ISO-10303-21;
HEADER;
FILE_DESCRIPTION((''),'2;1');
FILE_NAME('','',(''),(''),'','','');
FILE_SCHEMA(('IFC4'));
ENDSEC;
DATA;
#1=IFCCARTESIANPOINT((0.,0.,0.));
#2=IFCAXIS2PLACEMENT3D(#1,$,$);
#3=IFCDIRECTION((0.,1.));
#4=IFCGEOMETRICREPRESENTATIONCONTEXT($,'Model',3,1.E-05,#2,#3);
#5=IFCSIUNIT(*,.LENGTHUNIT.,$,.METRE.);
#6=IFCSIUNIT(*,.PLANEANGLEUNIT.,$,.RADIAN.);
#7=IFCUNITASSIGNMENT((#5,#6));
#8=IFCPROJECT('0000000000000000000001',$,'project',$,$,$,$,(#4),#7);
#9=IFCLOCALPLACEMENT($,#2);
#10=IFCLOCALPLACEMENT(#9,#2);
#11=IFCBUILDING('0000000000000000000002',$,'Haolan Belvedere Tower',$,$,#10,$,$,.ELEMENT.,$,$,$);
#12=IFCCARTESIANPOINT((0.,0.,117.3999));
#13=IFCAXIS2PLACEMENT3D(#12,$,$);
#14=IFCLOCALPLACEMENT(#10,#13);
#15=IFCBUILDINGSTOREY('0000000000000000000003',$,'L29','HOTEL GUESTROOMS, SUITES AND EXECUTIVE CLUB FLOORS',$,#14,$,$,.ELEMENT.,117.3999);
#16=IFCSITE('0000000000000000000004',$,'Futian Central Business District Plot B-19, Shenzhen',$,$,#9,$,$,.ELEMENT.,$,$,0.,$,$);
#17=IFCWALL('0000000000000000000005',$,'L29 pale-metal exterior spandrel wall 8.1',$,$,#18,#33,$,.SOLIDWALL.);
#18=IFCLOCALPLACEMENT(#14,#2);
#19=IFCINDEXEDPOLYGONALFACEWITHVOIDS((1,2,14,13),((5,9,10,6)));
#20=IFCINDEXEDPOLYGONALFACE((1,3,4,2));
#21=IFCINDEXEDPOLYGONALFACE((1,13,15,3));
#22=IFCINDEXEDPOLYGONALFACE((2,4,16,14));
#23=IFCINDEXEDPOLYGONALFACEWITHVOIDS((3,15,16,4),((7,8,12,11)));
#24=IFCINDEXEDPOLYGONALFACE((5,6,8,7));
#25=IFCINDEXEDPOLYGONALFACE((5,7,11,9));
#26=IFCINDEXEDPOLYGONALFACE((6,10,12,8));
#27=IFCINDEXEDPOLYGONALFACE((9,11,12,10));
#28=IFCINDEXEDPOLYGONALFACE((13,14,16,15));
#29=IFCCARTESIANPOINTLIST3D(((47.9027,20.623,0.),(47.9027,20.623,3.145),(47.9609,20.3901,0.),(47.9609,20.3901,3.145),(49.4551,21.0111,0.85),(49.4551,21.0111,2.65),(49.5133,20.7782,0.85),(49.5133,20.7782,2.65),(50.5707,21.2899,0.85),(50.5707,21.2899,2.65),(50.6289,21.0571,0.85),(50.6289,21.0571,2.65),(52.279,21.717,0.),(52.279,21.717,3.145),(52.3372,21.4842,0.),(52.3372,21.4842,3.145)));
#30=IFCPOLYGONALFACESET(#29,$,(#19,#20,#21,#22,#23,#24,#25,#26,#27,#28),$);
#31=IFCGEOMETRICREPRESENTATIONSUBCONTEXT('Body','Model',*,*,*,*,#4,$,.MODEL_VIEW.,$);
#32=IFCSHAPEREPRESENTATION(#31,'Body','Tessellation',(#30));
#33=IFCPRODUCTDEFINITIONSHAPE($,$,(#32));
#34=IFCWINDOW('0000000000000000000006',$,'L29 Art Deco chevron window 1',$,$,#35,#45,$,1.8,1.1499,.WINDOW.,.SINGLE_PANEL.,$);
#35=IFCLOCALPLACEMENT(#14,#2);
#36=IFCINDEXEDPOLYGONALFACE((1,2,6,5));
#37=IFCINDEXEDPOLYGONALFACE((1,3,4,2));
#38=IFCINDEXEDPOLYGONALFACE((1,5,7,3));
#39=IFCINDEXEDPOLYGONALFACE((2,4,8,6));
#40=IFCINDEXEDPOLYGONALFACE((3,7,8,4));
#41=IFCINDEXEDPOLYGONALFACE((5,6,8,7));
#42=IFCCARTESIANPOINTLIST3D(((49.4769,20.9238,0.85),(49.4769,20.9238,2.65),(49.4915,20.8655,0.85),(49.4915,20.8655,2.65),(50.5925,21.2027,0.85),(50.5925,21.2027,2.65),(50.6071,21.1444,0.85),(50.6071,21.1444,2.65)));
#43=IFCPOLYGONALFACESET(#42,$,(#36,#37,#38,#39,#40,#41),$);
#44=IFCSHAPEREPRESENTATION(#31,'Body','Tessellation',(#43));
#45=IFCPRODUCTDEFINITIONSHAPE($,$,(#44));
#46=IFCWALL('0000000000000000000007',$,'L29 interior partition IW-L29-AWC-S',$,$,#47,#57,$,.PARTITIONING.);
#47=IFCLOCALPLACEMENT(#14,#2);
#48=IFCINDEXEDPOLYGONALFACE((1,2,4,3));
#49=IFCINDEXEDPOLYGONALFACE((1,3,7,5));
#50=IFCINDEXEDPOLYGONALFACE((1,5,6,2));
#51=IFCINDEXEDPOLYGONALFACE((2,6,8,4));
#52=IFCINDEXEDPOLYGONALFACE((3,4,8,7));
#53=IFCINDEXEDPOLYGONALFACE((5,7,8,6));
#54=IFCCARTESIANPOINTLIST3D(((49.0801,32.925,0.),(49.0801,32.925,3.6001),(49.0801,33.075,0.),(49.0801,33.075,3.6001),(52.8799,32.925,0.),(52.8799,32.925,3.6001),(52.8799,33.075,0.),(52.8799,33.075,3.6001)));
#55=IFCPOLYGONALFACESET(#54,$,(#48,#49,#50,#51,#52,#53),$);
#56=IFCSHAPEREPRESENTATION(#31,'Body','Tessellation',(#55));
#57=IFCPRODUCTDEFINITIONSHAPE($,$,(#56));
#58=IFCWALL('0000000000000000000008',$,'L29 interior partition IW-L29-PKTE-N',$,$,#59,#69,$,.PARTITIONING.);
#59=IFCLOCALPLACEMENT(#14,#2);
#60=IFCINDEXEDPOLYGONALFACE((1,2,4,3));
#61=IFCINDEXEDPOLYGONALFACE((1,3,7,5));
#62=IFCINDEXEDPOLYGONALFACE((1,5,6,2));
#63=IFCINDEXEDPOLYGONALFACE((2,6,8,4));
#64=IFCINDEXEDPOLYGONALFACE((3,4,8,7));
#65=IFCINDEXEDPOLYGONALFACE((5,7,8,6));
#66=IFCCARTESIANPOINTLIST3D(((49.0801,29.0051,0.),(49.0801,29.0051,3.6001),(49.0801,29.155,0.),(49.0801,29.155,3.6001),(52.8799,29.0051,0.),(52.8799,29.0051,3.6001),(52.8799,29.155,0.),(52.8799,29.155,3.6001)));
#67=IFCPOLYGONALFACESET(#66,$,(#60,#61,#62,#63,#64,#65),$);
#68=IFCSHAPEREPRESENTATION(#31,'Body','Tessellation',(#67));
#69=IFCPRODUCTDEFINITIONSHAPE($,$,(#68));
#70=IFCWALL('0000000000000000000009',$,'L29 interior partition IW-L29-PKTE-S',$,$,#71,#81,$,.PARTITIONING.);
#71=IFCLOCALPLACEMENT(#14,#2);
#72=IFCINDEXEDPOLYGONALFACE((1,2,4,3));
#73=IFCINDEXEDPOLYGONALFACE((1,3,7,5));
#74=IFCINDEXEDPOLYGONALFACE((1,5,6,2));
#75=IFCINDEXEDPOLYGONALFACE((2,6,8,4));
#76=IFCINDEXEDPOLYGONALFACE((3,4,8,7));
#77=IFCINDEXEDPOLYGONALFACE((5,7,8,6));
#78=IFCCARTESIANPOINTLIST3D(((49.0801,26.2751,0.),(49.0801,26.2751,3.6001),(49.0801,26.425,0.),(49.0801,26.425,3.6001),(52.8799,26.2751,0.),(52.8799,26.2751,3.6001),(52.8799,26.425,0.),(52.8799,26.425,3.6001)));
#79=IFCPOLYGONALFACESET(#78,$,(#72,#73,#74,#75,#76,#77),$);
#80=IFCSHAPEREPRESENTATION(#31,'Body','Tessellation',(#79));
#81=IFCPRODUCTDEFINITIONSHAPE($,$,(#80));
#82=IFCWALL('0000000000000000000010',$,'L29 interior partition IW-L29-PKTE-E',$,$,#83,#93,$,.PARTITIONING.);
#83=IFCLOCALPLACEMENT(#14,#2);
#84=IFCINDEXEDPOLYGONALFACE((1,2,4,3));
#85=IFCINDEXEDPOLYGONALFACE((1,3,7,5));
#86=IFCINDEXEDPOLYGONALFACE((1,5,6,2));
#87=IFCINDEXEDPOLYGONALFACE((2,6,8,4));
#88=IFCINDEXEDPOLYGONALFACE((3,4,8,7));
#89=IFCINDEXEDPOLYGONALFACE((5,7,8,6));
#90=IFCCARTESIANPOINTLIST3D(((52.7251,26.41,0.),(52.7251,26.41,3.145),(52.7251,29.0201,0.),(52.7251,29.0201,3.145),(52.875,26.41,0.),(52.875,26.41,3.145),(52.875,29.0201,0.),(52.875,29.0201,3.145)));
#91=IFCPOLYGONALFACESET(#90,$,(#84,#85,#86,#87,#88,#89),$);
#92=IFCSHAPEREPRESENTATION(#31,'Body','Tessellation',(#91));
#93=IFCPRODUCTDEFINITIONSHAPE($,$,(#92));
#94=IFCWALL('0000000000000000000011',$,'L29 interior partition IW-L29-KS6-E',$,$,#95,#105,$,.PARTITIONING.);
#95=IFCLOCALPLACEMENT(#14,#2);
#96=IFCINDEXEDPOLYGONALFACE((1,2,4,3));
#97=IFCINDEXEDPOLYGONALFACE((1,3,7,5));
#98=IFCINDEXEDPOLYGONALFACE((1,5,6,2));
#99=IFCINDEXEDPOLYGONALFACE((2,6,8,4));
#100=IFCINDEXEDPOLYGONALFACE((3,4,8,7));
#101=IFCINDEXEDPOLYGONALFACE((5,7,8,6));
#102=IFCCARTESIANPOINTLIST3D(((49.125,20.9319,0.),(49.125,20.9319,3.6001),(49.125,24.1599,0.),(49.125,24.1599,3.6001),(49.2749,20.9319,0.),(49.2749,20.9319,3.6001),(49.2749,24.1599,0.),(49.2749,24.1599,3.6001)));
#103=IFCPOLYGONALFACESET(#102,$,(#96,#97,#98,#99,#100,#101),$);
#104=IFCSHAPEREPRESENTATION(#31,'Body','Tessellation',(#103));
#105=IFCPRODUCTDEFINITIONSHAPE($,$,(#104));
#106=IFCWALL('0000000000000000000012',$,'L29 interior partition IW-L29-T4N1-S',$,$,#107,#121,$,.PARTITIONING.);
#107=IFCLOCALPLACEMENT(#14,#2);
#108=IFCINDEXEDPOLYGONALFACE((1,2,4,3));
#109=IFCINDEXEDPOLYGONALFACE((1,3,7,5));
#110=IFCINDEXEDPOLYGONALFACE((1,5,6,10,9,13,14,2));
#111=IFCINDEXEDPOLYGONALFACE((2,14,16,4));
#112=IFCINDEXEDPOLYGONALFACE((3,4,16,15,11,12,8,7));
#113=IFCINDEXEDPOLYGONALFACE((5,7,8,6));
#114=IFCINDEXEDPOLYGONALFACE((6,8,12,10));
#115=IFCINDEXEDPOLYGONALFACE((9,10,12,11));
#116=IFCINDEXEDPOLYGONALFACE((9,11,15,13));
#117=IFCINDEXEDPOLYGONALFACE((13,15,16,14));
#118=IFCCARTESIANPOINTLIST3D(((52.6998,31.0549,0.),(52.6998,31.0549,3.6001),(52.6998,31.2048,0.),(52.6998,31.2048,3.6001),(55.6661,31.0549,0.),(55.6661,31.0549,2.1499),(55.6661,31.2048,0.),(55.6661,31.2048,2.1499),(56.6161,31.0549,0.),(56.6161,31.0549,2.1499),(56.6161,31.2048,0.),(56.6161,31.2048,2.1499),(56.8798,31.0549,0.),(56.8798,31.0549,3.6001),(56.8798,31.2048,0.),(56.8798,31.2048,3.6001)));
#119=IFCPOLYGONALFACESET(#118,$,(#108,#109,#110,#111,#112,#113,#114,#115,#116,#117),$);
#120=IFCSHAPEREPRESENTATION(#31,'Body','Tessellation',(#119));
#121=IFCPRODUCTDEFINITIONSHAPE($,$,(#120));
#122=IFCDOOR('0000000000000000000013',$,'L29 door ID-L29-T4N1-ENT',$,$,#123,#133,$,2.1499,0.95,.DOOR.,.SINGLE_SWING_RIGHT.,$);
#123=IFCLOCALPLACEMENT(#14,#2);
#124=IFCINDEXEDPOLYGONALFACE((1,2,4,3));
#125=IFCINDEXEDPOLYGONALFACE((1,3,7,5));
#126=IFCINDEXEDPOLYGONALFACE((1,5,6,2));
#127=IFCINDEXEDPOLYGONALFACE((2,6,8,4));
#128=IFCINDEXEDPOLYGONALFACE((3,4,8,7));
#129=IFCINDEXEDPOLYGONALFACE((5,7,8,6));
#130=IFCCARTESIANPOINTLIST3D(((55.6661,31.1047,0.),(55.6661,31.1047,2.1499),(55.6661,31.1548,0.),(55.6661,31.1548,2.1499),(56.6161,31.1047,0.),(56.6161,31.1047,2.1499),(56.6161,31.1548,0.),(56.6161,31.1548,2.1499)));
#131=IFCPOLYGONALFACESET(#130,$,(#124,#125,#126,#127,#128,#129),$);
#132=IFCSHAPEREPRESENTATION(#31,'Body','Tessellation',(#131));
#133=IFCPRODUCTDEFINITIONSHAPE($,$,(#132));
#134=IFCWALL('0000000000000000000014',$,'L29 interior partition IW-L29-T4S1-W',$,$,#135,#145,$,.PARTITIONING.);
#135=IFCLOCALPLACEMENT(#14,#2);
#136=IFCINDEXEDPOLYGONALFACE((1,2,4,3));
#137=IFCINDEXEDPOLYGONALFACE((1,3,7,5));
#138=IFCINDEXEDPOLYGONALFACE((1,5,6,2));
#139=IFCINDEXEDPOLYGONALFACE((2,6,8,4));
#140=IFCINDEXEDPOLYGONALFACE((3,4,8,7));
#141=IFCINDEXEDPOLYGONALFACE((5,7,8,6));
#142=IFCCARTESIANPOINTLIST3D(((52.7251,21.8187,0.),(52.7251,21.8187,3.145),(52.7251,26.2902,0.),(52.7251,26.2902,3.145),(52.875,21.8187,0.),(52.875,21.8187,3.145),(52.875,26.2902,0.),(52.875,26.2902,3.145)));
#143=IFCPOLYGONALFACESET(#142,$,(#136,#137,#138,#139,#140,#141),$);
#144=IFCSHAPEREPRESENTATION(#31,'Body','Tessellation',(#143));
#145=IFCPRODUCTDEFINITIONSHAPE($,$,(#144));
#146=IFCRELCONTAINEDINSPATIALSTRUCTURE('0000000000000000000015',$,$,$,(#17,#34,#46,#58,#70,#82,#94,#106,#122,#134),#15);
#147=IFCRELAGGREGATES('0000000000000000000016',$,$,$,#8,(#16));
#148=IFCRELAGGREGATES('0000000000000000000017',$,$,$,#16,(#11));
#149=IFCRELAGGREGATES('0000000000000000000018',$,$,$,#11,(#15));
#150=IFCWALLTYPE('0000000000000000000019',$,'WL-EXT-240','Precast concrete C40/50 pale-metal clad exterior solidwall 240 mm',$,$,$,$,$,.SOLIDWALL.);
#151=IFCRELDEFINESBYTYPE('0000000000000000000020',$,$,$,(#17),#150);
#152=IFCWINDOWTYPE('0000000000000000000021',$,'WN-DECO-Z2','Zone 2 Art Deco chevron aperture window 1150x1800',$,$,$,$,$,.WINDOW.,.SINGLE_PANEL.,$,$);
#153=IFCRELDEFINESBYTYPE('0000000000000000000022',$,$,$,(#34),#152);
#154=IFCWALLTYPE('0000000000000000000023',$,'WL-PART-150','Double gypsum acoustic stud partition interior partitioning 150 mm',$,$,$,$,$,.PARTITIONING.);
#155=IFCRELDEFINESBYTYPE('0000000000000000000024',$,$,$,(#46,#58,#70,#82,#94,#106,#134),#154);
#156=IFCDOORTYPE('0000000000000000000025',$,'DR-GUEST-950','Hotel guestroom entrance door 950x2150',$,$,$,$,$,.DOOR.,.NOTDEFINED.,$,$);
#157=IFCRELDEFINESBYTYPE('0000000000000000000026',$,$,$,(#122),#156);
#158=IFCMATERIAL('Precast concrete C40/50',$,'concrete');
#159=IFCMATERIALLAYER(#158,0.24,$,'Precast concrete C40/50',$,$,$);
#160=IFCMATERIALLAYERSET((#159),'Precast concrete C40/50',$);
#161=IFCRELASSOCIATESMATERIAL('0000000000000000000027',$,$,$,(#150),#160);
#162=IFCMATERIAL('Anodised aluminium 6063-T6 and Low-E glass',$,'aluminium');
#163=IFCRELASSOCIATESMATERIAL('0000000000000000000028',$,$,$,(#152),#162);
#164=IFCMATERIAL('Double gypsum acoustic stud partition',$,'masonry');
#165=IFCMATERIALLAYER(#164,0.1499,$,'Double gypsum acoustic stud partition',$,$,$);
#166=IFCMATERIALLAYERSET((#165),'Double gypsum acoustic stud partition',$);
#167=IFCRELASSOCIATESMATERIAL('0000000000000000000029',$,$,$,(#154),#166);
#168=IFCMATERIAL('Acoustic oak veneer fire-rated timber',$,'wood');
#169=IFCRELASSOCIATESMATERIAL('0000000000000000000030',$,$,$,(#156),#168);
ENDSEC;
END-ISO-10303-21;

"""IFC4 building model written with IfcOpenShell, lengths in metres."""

from ifc_helpers import new_model, si_unit, direction, frame, frame_2d, origin, place, context, subcontext, project, spatial, rectangle, extrude, material, layer, layer_set, type_object, element, fill, save


model = new_model("IFC4")

# Units and contexts
model_context = context("Model", 3, precision=1e-05, world=origin(), true_north=direction((0.0, 1.0)))
body_context = subcontext(model_context, "Body", "Model", "MODEL_VIEW")
ifc_project = project(units=[si_unit("LENGTHUNIT", "METRE"), si_unit("PLANEANGLEUNIT", "RADIAN")], contexts=[model_context])

# Site, building, storey
site_placement = place(None, origin())
site = spatial("IfcSite", under=ifc_project, at=site_placement, Name="Futian Central Business District Plot B-19, Shenzhen", CompositionType="ELEMENT", RefElevation=0.0)
building_placement = place(site_placement, origin())
building = spatial("IfcBuilding", under=site, at=building_placement, Name="Haolan Belvedere Tower", CompositionType="ELEMENT")
storey_placement = place(building_placement, frame((0.0, 0.0, 117.3999)))
storey = spatial("IfcBuildingStorey", under=building, at=storey_placement, Name="L29", Description="HOTEL GUESTROOMS, SUITES AND EXECUTIVE CLUB FLOORS", CompositionType="ELEMENT", Elevation=117.3999)

# Wall, opening, window
ifc_material_1 = material(Name="Precast concrete C40/50", Category="concrete")
ifc_layer_1 = layer(ifc_material_1, 0.24, Name="Precast concrete C40/50")
ifc_layer_set_1 = layer_set([ifc_layer_1], Name="Precast concrete C40/50")
wall_type_1 = type_object("IfcWallType", Name="WL-EXT-240", Description="Precast concrete C40/50 pale-metal clad exterior solidwall 240 mm", PredefinedType="SOLIDWALL", material=ifc_layer_set_1)
wall_1_placement = place(storey_placement, frame((47.9319, 20.5066, 0.0), z_axis=(0.0, 0.0, 1.0), x_axis=(0.970146, 0.242523, 0.0)))
wall_1 = element("IfcWall", 1, at=wall_1_placement, inside=storey, type_object=wall_type_1, Name="L29 pale-metal exterior spandrel wall 8.1", PredefinedType="SOLIDWALL", context=body_context, shape_type="SweptSolid", body=[
    extrude(rectangle(XDim=4.511, YDim=0.24, at=frame_2d((2.2554, 0.0))), origin(), (0.0, 0.0, 1.0), 3.145),
])
opening_1_placement = place(wall_1_placement, frame((1.6001, 0.0, 0.8501)))
opening_1 = element("IfcOpeningElement", 2, at=opening_1_placement, cuts=wall_1, PredefinedType="OPENING", context=body_context, shape_type="SweptSolid", body=[
    extrude(rectangle(XDim=1.1499, YDim=1.8, at=frame_2d((0.575, 0.8999))), frame((0.0, 0.1299, 0.0), z_axis=(0.0, -1.0, 0.0), x_axis=(1.0, 0.0, 0.0)), (0.0, 0.0, 1.0), 0.26),
])
ifc_material_2 = material(Name="Anodised aluminium 6063-T6 and Low-E glass", Category="aluminium")
window_type = type_object("IfcWindowType", Name="WN-DECO-Z2", Description="Zone 2 Art Deco chevron aperture window 1150x1800", PartitioningType="SINGLE_PANEL", PredefinedType="WINDOW", material=ifc_material_2)
window_placement = place(opening_1_placement, origin())
window = element("IfcWindow", 3, at=window_placement, inside=storey, type_object=window_type, Name="L29 Art Deco chevron window 1", OverallHeight=1.8, OverallWidth=1.1499, PartitioningType="SINGLE_PANEL", PredefinedType="WINDOW", context=body_context, shape_type="SweptSolid", body=[
    extrude(rectangle(XDim=1.1499, YDim=1.8, at=frame_2d((0.575, 0.8999))), frame((0.0, 0.03, 0.0), z_axis=(0.0, -1.0, 0.0), x_axis=(1.0, 0.0, 0.0)), (0.0, 0.0, 1.0), 0.0601),
])
fill(opening_1, window)

# Walls
ifc_material_3 = material(Name="Double gypsum acoustic stud partition", Category="masonry")
ifc_layer_2 = layer(ifc_material_3, 0.1499, Name="Double gypsum acoustic stud partition")
ifc_layer_set_2 = layer_set([ifc_layer_2], Name="Double gypsum acoustic stud partition")
wall_type_2 = type_object("IfcWallType", Name="WL-PART-150", Description="Double gypsum acoustic stud partition interior partitioning 150 mm", PredefinedType="PARTITIONING", material=ifc_layer_set_2)
for number, where, z_axis, x_axis, name in (
    (4, (49.0801, 33.0, 0.0), (0.0, 0.0, 1.0), (1.0, 0.0, 0.0), "L29 interior partition IW-L29-AWC-S"),
    (5, (49.0801, 29.0801, 0.0), (0.0, 0.0, 1.0), (1.0, 0.0, 0.0), "L29 interior partition IW-L29-PKTE-N"),
    (6, (49.0801, 26.3501, 0.0), (0.0, 0.0, 1.0), (1.0, 0.0, 0.0), "L29 interior partition IW-L29-PKTE-S"),
):
    element("IfcWall", number, at=place(storey_placement, frame(where, z_axis=z_axis, x_axis=x_axis)), inside=storey, type_object=wall_type_2, Name=name, PredefinedType="PARTITIONING", context=body_context, shape_type="SweptSolid", body=[
        extrude(rectangle(XDim=3.7998, YDim=0.1499, at=frame_2d((1.8999, 0.0))), origin(), (0.0, 0.0, 1.0), 3.6001),
    ])

# Wall
wall_2_placement = place(storey_placement, frame((52.8, 26.4099, 0.0), z_axis=(0.0, 0.0, 1.0), x_axis=(0.0, 1.0, 0.0)))
element("IfcWall", 7, at=wall_2_placement, inside=storey, type_object=wall_type_2, Name="L29 interior partition IW-L29-PKTE-E", PredefinedType="PARTITIONING", context=body_context, shape_type="SweptSolid", body=[
    extrude(rectangle(XDim=2.6101, YDim=0.1499, at=frame_2d((1.3052, 0.0))), origin(), (0.0, 0.0, 1.0), 3.145),
])

# Wall
wall_3_placement = place(storey_placement, frame((49.2, 20.9319, 0.0), z_axis=(0.0, 0.0, 1.0), x_axis=(0.0, 1.0, 0.0)))
element("IfcWall", 8, at=wall_3_placement, inside=storey, type_object=wall_type_2, Name="L29 interior partition IW-L29-KS6-E", PredefinedType="PARTITIONING", context=body_context, shape_type="SweptSolid", body=[
    extrude(rectangle(XDim=3.228, YDim=0.1499, at=frame_2d((1.614, 0.0))), origin(), (0.0, 0.0, 1.0), 3.6001),
])

# Wall, opening, door
wall_4_placement = place(storey_placement, frame((52.7, 31.1299, 0.0), z_axis=(0.0, 0.0, 1.0), x_axis=(1.0, 0.0, 0.0)))
wall_4 = element("IfcWall", 9, at=wall_4_placement, inside=storey, type_object=wall_type_2, Name="L29 interior partition IW-L29-T4N1-S", PredefinedType="PARTITIONING", context=body_context, shape_type="SweptSolid", body=[
    extrude(rectangle(XDim=4.1799, YDim=0.1499, at=frame_2d((2.0898, 0.0))), origin(), (0.0, 0.0, 1.0), 3.6001),
])
opening_2_placement = place(wall_4_placement, frame((2.9661, 0.0, 0.0)))
opening_2 = element("IfcOpeningElement", 10, at=opening_2_placement, cuts=wall_4, PredefinedType="OPENING", context=body_context, shape_type="SweptSolid", body=[
    extrude(rectangle(XDim=0.95, YDim=2.1499, at=frame_2d((0.4751, 1.075))), frame((0.0, 0.085, 0.0), z_axis=(0.0, -1.0, 0.0), x_axis=(1.0, 0.0, 0.0)), (0.0, 0.0, 1.0), 0.1699),
])
ifc_material_4 = material(Name="Acoustic oak veneer fire-rated timber", Category="wood")
door_type_1 = type_object("IfcDoorType", Name="DR-GUEST-950", Description="Hotel guestroom entrance door 950x2150", OperationType="NOTDEFINED", PredefinedType="DOOR", material=ifc_material_4)
door_1_placement = place(opening_2_placement, origin())
door_1 = element("IfcDoor", 11, at=door_1_placement, inside=storey, type_object=door_type_1, Name="L29 door ID-L29-T4N1-ENT", OperationType="SINGLE_SWING_RIGHT", OverallHeight=2.1499, OverallWidth=0.95, PredefinedType="DOOR", context=body_context, shape_type="SweptSolid", body=[
    extrude(rectangle(XDim=0.95, YDim=2.1499, at=frame_2d((0.4751, 1.075))), frame((0.0, 0.0249, 0.0), z_axis=(0.0, -1.0, 0.0), x_axis=(1.0, 0.0, 0.0)), (0.0, 0.0, 1.0), 0.05),
])
fill(opening_2, door_1)

# Wall
wall_5_placement = place(storey_placement, frame((52.8, 21.8186, 0.0), z_axis=(0.0, 0.0, 1.0), x_axis=(0.0, 1.0, 0.0)))
element("IfcWall", 12, at=wall_5_placement, inside=storey, type_object=wall_type_2, Name="L29 interior partition IW-L29-T4S1-W", PredefinedType="PARTITIONING", context=body_context, shape_type="SweptSolid", body=[
    extrude(rectangle(XDim=4.4714, YDim=0.1499, at=frame_2d((2.2358, 0.0))), origin(), (0.0, 0.0, 1.0), 3.145),
])

save(model, "model.ifc")
